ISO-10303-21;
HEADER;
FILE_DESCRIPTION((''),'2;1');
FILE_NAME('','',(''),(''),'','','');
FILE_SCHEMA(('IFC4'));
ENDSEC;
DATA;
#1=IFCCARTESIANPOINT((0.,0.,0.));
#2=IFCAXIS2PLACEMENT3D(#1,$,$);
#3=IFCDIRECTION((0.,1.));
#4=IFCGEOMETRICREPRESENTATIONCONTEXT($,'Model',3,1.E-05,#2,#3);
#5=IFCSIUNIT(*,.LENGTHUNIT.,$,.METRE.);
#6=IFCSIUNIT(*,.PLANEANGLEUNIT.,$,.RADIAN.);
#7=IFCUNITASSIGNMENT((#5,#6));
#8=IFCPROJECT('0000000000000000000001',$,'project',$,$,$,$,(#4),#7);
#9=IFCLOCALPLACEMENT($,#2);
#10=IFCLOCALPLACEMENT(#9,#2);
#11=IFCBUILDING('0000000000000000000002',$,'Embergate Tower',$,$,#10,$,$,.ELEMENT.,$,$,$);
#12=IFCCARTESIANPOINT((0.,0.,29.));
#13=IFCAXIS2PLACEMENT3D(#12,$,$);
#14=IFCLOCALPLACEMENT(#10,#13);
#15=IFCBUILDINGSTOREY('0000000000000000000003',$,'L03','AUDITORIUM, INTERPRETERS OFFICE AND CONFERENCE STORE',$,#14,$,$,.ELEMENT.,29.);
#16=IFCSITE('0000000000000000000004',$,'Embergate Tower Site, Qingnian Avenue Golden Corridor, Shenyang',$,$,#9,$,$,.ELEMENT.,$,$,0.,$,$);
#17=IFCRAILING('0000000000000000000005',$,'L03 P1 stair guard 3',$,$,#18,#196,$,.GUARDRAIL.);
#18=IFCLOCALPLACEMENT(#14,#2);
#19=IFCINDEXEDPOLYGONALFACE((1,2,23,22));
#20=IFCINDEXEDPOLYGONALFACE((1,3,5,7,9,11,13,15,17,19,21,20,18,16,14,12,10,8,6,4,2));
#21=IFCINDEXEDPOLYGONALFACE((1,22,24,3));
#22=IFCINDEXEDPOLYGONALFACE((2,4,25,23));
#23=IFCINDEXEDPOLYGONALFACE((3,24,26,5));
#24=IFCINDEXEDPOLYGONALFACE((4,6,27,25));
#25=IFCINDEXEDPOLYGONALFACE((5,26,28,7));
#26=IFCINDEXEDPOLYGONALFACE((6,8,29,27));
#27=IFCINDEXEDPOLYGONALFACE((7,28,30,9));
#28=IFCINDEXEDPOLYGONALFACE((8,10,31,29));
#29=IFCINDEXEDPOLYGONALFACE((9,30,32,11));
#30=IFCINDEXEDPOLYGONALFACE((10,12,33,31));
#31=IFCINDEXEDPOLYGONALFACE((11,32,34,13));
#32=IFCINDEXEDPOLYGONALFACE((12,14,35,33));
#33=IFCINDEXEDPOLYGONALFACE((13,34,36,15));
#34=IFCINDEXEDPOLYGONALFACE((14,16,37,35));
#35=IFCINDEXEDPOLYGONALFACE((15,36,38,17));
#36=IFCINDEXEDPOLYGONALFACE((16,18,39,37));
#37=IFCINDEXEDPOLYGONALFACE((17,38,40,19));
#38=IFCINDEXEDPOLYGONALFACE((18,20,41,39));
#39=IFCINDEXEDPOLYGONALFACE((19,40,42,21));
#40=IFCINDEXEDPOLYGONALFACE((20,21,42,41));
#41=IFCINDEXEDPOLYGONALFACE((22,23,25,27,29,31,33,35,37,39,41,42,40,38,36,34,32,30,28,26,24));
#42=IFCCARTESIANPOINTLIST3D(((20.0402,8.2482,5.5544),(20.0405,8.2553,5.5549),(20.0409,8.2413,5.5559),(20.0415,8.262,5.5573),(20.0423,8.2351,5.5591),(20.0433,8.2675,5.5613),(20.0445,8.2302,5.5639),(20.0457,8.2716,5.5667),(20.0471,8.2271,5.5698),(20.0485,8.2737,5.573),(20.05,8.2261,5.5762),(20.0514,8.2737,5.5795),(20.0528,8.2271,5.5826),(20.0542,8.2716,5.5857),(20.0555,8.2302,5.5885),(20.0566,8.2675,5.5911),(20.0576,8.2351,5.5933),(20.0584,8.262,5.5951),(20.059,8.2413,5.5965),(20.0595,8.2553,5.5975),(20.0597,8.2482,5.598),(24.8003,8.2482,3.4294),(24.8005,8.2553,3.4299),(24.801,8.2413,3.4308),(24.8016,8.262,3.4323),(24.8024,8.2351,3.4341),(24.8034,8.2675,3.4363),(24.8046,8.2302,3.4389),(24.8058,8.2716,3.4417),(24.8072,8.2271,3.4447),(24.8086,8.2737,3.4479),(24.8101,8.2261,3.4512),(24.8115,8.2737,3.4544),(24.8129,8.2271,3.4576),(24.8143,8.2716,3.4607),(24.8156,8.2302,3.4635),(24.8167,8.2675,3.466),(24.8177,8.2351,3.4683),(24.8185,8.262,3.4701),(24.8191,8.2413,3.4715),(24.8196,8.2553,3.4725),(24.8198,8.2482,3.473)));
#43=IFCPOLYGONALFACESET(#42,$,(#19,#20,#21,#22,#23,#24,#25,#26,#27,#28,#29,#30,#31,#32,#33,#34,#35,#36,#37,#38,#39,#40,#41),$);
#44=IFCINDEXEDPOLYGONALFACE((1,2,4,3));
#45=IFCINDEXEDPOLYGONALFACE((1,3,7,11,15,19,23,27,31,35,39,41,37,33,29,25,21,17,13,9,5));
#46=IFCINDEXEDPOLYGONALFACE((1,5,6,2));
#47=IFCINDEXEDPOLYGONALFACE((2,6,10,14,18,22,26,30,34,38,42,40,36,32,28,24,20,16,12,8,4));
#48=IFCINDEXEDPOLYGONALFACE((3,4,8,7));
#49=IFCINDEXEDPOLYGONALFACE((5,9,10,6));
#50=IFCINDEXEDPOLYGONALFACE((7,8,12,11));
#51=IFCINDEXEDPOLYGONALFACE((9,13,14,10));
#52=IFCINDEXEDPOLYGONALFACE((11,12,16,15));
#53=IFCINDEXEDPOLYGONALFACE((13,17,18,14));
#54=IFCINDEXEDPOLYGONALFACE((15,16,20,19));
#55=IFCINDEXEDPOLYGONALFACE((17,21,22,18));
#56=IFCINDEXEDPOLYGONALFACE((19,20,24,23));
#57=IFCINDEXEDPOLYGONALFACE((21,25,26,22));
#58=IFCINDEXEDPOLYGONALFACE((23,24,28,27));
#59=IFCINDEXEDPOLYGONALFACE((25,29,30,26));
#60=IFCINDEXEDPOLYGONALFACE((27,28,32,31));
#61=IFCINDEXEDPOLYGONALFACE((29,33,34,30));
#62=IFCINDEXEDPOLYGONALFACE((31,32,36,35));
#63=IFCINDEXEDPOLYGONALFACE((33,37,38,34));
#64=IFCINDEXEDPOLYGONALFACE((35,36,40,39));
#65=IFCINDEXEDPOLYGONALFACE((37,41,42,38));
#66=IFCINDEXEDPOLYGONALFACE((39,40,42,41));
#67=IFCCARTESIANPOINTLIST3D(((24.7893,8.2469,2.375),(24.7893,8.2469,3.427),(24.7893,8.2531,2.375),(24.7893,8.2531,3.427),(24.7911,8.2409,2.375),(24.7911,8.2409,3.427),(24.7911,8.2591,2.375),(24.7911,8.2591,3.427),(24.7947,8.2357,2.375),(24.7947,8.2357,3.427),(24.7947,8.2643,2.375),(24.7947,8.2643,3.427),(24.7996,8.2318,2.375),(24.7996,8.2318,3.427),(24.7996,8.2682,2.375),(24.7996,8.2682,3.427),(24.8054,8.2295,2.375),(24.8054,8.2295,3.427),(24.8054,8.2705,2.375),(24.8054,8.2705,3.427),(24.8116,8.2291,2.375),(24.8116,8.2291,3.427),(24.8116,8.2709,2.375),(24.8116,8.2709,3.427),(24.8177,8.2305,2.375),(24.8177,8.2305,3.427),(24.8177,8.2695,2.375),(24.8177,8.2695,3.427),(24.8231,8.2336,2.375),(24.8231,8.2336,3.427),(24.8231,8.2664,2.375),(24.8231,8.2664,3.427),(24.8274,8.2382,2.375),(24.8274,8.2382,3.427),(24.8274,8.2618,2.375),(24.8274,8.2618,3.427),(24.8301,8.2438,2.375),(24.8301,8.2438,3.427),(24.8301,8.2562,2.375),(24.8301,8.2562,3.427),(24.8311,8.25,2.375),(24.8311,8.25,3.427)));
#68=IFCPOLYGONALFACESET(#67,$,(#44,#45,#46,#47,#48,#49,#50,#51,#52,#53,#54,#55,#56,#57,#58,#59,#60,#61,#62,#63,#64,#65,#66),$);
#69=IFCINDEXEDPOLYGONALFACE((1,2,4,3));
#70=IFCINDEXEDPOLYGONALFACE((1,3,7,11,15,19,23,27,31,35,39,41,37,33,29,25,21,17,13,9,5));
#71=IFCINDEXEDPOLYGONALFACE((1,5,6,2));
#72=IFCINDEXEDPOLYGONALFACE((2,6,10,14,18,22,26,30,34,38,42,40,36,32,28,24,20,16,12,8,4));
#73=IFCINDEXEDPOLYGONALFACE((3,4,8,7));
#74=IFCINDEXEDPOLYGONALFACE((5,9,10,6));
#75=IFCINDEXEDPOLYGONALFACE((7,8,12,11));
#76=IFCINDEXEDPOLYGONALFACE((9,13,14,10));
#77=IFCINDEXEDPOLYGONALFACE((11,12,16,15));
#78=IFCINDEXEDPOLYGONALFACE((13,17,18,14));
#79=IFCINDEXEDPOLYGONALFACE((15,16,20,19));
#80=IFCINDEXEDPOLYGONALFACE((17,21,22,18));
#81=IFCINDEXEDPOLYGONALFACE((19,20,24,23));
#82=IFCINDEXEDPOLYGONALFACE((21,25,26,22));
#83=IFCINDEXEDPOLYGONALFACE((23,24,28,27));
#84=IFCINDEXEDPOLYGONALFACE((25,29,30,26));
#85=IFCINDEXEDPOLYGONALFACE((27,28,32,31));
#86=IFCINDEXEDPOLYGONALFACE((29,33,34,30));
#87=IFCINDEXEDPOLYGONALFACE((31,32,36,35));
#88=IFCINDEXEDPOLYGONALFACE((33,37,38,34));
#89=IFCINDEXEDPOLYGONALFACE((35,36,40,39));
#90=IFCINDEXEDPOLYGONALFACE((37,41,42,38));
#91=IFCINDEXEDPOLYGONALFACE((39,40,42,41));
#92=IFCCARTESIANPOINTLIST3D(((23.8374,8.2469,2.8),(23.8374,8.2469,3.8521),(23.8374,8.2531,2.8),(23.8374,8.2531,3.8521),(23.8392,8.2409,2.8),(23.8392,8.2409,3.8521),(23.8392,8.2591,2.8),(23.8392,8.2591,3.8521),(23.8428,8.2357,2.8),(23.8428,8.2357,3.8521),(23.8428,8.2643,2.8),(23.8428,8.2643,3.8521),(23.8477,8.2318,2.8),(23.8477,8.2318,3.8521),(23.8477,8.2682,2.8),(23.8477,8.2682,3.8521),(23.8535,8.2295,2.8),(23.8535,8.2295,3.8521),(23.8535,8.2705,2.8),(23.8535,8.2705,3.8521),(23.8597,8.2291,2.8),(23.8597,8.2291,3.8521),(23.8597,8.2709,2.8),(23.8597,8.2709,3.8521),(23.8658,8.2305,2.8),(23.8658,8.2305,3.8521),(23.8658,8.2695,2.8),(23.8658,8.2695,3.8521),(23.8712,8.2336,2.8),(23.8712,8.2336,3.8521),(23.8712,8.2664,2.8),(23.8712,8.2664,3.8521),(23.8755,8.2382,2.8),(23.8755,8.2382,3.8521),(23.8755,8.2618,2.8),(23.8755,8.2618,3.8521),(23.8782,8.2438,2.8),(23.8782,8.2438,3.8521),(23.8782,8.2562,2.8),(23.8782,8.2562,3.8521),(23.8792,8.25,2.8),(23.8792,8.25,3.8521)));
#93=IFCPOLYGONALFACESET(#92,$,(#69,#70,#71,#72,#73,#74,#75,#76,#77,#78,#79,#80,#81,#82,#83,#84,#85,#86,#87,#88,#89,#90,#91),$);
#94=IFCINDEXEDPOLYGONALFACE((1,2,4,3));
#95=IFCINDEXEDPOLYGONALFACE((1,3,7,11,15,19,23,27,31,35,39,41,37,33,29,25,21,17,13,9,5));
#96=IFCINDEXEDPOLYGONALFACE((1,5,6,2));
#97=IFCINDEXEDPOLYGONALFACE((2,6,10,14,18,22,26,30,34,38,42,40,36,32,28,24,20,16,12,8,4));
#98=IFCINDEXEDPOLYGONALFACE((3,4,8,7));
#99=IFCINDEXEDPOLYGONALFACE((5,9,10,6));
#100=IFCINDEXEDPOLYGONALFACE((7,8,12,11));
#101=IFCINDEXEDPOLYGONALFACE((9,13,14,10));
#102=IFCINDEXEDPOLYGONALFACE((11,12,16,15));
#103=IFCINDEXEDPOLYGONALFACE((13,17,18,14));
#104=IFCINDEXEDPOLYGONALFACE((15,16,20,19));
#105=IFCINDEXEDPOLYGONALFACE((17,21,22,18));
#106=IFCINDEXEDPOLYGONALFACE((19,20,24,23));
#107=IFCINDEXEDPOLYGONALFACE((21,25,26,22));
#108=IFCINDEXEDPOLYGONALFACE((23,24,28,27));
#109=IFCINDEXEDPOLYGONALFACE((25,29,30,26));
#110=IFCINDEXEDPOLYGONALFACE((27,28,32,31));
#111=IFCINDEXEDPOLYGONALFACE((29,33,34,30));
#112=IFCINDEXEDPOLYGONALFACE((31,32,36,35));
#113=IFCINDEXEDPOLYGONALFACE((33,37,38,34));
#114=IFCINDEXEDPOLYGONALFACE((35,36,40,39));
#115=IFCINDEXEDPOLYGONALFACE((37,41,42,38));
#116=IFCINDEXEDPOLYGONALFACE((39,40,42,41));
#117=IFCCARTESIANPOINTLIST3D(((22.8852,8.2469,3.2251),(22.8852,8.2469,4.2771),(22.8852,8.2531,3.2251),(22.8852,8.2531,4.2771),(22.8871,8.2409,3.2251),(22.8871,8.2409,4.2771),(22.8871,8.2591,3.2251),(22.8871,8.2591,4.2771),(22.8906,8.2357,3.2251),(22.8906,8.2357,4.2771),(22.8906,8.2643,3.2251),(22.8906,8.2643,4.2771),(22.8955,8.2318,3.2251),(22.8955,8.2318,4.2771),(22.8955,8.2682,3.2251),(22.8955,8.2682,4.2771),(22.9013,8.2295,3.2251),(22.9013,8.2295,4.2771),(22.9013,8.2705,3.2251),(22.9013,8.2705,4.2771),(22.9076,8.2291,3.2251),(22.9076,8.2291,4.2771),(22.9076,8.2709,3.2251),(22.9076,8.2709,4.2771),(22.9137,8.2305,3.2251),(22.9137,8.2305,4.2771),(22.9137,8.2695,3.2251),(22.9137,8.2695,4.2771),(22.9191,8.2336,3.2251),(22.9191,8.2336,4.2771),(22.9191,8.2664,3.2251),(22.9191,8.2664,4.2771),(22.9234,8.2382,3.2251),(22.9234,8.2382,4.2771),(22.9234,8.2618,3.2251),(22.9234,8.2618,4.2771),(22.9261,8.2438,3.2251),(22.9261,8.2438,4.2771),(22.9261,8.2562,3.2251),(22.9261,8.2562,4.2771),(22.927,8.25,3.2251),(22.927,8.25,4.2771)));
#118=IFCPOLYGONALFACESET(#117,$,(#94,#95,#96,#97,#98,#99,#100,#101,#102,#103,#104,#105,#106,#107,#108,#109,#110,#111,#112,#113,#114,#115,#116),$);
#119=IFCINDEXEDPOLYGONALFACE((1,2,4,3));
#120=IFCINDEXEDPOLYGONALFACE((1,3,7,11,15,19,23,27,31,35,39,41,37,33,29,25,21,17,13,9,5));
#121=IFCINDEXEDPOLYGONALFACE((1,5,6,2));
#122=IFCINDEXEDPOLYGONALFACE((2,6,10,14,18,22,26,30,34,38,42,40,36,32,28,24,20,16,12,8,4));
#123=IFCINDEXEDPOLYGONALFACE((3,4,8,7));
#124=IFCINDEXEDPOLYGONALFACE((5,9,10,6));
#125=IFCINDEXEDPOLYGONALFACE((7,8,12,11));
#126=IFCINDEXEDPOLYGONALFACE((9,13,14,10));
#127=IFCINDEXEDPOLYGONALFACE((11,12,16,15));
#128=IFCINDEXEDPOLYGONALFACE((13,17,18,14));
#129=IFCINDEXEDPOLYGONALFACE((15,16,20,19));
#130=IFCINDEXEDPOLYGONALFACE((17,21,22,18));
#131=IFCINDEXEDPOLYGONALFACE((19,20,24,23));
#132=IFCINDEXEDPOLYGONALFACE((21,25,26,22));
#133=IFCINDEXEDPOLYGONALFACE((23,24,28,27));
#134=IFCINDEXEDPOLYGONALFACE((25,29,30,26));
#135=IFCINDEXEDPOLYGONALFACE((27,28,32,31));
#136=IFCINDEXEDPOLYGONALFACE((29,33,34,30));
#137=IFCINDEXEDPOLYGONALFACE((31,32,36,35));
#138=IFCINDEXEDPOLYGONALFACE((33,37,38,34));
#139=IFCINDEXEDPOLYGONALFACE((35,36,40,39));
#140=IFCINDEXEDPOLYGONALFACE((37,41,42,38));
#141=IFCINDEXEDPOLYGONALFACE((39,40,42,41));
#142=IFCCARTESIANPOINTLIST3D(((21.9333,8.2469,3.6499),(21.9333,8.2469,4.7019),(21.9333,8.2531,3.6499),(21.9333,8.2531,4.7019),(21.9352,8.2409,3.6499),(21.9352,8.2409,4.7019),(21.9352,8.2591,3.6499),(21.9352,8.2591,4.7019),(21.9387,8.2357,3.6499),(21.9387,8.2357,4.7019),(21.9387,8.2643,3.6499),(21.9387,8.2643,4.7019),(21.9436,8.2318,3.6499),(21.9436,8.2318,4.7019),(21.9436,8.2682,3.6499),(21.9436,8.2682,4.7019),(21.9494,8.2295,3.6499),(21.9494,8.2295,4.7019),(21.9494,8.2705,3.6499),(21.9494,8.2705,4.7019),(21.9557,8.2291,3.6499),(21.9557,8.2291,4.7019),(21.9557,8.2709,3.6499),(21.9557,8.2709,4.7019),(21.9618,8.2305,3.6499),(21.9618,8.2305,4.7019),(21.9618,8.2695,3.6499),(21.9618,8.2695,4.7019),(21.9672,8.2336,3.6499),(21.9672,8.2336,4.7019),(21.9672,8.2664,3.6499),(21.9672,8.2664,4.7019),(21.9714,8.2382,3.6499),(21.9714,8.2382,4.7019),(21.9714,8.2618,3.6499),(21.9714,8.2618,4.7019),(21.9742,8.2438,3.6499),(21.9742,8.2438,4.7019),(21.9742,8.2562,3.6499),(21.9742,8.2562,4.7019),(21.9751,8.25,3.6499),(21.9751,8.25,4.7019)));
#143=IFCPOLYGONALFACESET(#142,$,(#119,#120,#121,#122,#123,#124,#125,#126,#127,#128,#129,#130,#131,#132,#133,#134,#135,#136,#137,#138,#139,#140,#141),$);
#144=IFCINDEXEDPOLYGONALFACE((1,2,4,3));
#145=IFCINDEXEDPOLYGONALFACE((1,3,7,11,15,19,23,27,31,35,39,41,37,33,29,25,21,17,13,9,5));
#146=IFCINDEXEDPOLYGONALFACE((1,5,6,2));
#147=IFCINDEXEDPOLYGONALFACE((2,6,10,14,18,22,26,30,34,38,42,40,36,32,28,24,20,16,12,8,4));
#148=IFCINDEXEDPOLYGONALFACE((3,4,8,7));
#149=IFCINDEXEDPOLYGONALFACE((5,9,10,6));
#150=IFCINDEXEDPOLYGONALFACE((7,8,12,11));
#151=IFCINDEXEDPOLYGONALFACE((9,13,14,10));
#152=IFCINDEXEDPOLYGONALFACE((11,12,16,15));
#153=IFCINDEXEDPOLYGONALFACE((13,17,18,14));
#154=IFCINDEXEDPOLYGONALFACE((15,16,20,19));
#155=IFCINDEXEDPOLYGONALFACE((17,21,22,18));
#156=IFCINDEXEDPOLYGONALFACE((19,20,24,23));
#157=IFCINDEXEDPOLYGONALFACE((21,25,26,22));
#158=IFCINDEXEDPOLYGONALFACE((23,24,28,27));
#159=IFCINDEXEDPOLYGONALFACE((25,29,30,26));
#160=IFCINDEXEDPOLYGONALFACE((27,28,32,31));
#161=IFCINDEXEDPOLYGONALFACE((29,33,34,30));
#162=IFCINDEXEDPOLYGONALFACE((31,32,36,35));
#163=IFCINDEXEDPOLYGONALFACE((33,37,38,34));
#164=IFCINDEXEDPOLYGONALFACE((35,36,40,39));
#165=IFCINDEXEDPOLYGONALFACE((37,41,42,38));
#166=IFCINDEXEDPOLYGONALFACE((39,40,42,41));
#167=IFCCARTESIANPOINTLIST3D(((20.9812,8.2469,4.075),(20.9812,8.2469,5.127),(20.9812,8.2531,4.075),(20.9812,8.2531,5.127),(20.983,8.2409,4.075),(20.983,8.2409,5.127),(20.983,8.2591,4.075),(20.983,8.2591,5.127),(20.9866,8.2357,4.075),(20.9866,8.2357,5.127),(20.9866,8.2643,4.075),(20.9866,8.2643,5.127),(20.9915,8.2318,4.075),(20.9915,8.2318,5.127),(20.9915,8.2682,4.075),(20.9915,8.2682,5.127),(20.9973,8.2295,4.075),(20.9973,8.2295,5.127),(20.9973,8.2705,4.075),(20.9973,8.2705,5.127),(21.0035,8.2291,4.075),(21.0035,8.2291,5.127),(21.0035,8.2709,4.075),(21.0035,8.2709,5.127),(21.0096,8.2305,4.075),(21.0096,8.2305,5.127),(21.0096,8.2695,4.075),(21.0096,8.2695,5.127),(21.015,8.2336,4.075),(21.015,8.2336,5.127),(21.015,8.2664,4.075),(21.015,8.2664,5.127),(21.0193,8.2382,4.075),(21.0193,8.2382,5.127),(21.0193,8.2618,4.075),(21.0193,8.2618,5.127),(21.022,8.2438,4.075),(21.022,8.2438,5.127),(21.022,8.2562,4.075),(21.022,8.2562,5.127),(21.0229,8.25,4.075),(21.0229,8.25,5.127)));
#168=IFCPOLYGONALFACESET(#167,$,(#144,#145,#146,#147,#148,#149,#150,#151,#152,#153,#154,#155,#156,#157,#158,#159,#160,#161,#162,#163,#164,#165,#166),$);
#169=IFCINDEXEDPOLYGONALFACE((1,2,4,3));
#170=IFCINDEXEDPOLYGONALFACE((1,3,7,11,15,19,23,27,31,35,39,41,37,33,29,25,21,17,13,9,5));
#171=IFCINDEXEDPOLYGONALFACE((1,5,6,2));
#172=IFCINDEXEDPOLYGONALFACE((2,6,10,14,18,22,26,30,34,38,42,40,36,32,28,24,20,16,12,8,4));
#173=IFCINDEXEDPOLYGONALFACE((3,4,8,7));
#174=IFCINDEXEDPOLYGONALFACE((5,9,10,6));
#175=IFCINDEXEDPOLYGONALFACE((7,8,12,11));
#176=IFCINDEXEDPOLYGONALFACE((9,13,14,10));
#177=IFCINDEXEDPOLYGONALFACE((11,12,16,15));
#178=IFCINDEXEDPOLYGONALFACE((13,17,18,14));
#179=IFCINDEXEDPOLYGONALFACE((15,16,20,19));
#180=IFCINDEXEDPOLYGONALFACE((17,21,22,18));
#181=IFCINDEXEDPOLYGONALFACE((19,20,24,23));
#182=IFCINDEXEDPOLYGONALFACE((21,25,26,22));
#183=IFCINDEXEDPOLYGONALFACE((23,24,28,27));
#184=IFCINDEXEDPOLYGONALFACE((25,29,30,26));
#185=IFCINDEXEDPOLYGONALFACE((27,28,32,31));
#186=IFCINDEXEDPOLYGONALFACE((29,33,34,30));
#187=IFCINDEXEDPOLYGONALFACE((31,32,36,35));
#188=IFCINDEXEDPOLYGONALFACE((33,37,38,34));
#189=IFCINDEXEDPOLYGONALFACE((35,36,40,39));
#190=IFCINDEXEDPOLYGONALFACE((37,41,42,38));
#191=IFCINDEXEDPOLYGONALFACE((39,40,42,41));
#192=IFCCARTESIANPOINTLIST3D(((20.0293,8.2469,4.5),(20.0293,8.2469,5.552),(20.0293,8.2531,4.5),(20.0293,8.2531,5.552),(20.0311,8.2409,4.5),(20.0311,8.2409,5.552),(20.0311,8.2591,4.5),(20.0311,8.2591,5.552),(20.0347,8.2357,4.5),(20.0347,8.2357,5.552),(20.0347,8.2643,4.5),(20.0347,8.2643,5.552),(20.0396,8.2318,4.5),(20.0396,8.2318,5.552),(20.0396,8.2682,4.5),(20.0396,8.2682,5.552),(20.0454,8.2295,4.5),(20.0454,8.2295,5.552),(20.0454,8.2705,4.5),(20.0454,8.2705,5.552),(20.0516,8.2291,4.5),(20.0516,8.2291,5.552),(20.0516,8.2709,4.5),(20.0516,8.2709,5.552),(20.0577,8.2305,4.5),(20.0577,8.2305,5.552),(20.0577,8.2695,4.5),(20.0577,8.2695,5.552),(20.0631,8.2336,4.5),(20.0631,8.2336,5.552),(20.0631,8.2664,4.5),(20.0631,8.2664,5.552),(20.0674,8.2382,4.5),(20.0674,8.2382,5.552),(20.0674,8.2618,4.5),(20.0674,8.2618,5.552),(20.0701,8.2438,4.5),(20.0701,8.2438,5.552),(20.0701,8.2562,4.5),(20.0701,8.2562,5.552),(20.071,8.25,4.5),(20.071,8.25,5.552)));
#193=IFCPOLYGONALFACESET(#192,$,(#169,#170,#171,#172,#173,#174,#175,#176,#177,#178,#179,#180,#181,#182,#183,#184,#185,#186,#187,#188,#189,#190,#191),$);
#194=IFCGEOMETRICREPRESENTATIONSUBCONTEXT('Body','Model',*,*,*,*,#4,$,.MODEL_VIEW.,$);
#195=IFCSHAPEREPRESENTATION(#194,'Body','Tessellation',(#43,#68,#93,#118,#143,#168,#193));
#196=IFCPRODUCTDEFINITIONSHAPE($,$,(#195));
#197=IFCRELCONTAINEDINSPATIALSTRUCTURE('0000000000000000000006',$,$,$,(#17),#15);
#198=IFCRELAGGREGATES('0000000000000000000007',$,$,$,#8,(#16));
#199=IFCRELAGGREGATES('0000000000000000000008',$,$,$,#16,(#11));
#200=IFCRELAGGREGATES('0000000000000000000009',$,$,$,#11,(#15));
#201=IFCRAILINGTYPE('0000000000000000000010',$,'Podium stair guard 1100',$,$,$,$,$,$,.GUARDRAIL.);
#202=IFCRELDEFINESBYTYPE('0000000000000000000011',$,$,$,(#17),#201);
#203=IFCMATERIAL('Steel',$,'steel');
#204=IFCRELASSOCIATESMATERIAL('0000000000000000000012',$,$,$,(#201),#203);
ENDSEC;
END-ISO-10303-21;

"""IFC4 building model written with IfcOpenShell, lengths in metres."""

from ifc_helpers import new_model, si_unit, direction, frame, origin, origin_2d, place, context, subcontext, project, spatial, circle, extrude, source, transform, mapped, material, type_object, element, save


model = new_model("IFC4")

# Units and contexts
model_context = context("Model", 3, precision=1e-05, world=origin(), true_north=direction((0.0, 1.0)))
body_context = subcontext(model_context, "Body", "Model", "MODEL_VIEW")
ifc_project = project(units=[si_unit("LENGTHUNIT", "METRE"), si_unit("PLANEANGLEUNIT", "RADIAN")], contexts=[model_context])

# Site, building, storey
site_placement = place(None, origin())
site = spatial("IfcSite", under=ifc_project, at=site_placement, Name="Embergate Tower Site, Qingnian Avenue Golden Corridor, Shenyang", CompositionType="ELEMENT", RefElevation=0.0)
building_placement = place(site_placement, origin())
building = spatial("IfcBuilding", under=site, at=building_placement, Name="Embergate Tower", CompositionType="ELEMENT")
storey_placement = place(building_placement, frame((0.0, 0.0, 29.0)))
storey = spatial("IfcBuildingStorey", under=building, at=storey_placement, Name="L03", Description="AUDITORIUM, INTERPRETERS OFFICE AND CONFERENCE STORE", CompositionType="ELEMENT", Elevation=29.0)

# Railing
ifc_material_1 = material(Name="Steel", Category="steel")
railing_type_1 = type_object("IfcRailingType", Name="Podium stair guard 1100", PredefinedType="GUARDRAIL", material=ifc_material_1)
shared_shape_1 = source(origin(), body_context, "Body", "SweptSolid", [
    extrude(circle(Radius=0.0239, at=origin_2d()), frame((0.0, 0.0, 1.0762), z_axis=(-0.913138, 0.0, 0.40765), x_axis=(0.0, -1.0, 0.0)), (0.0, 0.0, 1.0), 5.2129),
    extrude(circle(Radius=0.021, at=origin_2d()), origin(), (0.0, 0.0, 1.0), 1.052),
    extrude(circle(Radius=0.021, at=origin_2d()), frame((-0.9519, 0.0, 0.425)), (0.0, 0.0, 1.0), 1.052),
    extrude(circle(Radius=0.021, at=origin_2d()), frame((-1.9041, 0.0, 0.8501)), (0.0, 0.0, 1.0), 1.052),
    extrude(circle(Radius=0.021, at=origin_2d()), frame((-2.856, 0.0, 1.2749)), (0.0, 0.0, 1.0), 1.052),
    extrude(circle(Radius=0.021, at=origin_2d()), frame((-3.8081, 0.0, 1.7)), (0.0, 0.0, 1.0), 1.052),
    extrude(circle(Radius=0.021, at=origin_2d()), frame((-4.76, 0.0, 2.125)), (0.0, 0.0, 1.0), 1.052),
])
railing_1_placement = place(storey_placement, frame((24.8101, 8.25, 2.375)))
element("IfcRailing", 1, at=railing_1_placement, inside=storey, type_object=railing_type_1, Name="L03 P1 stair guard 3", PredefinedType="GUARDRAIL", context=body_context, shape_type="MappedRepresentation", body=[
    mapped(shared_shape_1, transform((0.0, 0.0, 0.0))),
])

save(model, "model.ifc")
